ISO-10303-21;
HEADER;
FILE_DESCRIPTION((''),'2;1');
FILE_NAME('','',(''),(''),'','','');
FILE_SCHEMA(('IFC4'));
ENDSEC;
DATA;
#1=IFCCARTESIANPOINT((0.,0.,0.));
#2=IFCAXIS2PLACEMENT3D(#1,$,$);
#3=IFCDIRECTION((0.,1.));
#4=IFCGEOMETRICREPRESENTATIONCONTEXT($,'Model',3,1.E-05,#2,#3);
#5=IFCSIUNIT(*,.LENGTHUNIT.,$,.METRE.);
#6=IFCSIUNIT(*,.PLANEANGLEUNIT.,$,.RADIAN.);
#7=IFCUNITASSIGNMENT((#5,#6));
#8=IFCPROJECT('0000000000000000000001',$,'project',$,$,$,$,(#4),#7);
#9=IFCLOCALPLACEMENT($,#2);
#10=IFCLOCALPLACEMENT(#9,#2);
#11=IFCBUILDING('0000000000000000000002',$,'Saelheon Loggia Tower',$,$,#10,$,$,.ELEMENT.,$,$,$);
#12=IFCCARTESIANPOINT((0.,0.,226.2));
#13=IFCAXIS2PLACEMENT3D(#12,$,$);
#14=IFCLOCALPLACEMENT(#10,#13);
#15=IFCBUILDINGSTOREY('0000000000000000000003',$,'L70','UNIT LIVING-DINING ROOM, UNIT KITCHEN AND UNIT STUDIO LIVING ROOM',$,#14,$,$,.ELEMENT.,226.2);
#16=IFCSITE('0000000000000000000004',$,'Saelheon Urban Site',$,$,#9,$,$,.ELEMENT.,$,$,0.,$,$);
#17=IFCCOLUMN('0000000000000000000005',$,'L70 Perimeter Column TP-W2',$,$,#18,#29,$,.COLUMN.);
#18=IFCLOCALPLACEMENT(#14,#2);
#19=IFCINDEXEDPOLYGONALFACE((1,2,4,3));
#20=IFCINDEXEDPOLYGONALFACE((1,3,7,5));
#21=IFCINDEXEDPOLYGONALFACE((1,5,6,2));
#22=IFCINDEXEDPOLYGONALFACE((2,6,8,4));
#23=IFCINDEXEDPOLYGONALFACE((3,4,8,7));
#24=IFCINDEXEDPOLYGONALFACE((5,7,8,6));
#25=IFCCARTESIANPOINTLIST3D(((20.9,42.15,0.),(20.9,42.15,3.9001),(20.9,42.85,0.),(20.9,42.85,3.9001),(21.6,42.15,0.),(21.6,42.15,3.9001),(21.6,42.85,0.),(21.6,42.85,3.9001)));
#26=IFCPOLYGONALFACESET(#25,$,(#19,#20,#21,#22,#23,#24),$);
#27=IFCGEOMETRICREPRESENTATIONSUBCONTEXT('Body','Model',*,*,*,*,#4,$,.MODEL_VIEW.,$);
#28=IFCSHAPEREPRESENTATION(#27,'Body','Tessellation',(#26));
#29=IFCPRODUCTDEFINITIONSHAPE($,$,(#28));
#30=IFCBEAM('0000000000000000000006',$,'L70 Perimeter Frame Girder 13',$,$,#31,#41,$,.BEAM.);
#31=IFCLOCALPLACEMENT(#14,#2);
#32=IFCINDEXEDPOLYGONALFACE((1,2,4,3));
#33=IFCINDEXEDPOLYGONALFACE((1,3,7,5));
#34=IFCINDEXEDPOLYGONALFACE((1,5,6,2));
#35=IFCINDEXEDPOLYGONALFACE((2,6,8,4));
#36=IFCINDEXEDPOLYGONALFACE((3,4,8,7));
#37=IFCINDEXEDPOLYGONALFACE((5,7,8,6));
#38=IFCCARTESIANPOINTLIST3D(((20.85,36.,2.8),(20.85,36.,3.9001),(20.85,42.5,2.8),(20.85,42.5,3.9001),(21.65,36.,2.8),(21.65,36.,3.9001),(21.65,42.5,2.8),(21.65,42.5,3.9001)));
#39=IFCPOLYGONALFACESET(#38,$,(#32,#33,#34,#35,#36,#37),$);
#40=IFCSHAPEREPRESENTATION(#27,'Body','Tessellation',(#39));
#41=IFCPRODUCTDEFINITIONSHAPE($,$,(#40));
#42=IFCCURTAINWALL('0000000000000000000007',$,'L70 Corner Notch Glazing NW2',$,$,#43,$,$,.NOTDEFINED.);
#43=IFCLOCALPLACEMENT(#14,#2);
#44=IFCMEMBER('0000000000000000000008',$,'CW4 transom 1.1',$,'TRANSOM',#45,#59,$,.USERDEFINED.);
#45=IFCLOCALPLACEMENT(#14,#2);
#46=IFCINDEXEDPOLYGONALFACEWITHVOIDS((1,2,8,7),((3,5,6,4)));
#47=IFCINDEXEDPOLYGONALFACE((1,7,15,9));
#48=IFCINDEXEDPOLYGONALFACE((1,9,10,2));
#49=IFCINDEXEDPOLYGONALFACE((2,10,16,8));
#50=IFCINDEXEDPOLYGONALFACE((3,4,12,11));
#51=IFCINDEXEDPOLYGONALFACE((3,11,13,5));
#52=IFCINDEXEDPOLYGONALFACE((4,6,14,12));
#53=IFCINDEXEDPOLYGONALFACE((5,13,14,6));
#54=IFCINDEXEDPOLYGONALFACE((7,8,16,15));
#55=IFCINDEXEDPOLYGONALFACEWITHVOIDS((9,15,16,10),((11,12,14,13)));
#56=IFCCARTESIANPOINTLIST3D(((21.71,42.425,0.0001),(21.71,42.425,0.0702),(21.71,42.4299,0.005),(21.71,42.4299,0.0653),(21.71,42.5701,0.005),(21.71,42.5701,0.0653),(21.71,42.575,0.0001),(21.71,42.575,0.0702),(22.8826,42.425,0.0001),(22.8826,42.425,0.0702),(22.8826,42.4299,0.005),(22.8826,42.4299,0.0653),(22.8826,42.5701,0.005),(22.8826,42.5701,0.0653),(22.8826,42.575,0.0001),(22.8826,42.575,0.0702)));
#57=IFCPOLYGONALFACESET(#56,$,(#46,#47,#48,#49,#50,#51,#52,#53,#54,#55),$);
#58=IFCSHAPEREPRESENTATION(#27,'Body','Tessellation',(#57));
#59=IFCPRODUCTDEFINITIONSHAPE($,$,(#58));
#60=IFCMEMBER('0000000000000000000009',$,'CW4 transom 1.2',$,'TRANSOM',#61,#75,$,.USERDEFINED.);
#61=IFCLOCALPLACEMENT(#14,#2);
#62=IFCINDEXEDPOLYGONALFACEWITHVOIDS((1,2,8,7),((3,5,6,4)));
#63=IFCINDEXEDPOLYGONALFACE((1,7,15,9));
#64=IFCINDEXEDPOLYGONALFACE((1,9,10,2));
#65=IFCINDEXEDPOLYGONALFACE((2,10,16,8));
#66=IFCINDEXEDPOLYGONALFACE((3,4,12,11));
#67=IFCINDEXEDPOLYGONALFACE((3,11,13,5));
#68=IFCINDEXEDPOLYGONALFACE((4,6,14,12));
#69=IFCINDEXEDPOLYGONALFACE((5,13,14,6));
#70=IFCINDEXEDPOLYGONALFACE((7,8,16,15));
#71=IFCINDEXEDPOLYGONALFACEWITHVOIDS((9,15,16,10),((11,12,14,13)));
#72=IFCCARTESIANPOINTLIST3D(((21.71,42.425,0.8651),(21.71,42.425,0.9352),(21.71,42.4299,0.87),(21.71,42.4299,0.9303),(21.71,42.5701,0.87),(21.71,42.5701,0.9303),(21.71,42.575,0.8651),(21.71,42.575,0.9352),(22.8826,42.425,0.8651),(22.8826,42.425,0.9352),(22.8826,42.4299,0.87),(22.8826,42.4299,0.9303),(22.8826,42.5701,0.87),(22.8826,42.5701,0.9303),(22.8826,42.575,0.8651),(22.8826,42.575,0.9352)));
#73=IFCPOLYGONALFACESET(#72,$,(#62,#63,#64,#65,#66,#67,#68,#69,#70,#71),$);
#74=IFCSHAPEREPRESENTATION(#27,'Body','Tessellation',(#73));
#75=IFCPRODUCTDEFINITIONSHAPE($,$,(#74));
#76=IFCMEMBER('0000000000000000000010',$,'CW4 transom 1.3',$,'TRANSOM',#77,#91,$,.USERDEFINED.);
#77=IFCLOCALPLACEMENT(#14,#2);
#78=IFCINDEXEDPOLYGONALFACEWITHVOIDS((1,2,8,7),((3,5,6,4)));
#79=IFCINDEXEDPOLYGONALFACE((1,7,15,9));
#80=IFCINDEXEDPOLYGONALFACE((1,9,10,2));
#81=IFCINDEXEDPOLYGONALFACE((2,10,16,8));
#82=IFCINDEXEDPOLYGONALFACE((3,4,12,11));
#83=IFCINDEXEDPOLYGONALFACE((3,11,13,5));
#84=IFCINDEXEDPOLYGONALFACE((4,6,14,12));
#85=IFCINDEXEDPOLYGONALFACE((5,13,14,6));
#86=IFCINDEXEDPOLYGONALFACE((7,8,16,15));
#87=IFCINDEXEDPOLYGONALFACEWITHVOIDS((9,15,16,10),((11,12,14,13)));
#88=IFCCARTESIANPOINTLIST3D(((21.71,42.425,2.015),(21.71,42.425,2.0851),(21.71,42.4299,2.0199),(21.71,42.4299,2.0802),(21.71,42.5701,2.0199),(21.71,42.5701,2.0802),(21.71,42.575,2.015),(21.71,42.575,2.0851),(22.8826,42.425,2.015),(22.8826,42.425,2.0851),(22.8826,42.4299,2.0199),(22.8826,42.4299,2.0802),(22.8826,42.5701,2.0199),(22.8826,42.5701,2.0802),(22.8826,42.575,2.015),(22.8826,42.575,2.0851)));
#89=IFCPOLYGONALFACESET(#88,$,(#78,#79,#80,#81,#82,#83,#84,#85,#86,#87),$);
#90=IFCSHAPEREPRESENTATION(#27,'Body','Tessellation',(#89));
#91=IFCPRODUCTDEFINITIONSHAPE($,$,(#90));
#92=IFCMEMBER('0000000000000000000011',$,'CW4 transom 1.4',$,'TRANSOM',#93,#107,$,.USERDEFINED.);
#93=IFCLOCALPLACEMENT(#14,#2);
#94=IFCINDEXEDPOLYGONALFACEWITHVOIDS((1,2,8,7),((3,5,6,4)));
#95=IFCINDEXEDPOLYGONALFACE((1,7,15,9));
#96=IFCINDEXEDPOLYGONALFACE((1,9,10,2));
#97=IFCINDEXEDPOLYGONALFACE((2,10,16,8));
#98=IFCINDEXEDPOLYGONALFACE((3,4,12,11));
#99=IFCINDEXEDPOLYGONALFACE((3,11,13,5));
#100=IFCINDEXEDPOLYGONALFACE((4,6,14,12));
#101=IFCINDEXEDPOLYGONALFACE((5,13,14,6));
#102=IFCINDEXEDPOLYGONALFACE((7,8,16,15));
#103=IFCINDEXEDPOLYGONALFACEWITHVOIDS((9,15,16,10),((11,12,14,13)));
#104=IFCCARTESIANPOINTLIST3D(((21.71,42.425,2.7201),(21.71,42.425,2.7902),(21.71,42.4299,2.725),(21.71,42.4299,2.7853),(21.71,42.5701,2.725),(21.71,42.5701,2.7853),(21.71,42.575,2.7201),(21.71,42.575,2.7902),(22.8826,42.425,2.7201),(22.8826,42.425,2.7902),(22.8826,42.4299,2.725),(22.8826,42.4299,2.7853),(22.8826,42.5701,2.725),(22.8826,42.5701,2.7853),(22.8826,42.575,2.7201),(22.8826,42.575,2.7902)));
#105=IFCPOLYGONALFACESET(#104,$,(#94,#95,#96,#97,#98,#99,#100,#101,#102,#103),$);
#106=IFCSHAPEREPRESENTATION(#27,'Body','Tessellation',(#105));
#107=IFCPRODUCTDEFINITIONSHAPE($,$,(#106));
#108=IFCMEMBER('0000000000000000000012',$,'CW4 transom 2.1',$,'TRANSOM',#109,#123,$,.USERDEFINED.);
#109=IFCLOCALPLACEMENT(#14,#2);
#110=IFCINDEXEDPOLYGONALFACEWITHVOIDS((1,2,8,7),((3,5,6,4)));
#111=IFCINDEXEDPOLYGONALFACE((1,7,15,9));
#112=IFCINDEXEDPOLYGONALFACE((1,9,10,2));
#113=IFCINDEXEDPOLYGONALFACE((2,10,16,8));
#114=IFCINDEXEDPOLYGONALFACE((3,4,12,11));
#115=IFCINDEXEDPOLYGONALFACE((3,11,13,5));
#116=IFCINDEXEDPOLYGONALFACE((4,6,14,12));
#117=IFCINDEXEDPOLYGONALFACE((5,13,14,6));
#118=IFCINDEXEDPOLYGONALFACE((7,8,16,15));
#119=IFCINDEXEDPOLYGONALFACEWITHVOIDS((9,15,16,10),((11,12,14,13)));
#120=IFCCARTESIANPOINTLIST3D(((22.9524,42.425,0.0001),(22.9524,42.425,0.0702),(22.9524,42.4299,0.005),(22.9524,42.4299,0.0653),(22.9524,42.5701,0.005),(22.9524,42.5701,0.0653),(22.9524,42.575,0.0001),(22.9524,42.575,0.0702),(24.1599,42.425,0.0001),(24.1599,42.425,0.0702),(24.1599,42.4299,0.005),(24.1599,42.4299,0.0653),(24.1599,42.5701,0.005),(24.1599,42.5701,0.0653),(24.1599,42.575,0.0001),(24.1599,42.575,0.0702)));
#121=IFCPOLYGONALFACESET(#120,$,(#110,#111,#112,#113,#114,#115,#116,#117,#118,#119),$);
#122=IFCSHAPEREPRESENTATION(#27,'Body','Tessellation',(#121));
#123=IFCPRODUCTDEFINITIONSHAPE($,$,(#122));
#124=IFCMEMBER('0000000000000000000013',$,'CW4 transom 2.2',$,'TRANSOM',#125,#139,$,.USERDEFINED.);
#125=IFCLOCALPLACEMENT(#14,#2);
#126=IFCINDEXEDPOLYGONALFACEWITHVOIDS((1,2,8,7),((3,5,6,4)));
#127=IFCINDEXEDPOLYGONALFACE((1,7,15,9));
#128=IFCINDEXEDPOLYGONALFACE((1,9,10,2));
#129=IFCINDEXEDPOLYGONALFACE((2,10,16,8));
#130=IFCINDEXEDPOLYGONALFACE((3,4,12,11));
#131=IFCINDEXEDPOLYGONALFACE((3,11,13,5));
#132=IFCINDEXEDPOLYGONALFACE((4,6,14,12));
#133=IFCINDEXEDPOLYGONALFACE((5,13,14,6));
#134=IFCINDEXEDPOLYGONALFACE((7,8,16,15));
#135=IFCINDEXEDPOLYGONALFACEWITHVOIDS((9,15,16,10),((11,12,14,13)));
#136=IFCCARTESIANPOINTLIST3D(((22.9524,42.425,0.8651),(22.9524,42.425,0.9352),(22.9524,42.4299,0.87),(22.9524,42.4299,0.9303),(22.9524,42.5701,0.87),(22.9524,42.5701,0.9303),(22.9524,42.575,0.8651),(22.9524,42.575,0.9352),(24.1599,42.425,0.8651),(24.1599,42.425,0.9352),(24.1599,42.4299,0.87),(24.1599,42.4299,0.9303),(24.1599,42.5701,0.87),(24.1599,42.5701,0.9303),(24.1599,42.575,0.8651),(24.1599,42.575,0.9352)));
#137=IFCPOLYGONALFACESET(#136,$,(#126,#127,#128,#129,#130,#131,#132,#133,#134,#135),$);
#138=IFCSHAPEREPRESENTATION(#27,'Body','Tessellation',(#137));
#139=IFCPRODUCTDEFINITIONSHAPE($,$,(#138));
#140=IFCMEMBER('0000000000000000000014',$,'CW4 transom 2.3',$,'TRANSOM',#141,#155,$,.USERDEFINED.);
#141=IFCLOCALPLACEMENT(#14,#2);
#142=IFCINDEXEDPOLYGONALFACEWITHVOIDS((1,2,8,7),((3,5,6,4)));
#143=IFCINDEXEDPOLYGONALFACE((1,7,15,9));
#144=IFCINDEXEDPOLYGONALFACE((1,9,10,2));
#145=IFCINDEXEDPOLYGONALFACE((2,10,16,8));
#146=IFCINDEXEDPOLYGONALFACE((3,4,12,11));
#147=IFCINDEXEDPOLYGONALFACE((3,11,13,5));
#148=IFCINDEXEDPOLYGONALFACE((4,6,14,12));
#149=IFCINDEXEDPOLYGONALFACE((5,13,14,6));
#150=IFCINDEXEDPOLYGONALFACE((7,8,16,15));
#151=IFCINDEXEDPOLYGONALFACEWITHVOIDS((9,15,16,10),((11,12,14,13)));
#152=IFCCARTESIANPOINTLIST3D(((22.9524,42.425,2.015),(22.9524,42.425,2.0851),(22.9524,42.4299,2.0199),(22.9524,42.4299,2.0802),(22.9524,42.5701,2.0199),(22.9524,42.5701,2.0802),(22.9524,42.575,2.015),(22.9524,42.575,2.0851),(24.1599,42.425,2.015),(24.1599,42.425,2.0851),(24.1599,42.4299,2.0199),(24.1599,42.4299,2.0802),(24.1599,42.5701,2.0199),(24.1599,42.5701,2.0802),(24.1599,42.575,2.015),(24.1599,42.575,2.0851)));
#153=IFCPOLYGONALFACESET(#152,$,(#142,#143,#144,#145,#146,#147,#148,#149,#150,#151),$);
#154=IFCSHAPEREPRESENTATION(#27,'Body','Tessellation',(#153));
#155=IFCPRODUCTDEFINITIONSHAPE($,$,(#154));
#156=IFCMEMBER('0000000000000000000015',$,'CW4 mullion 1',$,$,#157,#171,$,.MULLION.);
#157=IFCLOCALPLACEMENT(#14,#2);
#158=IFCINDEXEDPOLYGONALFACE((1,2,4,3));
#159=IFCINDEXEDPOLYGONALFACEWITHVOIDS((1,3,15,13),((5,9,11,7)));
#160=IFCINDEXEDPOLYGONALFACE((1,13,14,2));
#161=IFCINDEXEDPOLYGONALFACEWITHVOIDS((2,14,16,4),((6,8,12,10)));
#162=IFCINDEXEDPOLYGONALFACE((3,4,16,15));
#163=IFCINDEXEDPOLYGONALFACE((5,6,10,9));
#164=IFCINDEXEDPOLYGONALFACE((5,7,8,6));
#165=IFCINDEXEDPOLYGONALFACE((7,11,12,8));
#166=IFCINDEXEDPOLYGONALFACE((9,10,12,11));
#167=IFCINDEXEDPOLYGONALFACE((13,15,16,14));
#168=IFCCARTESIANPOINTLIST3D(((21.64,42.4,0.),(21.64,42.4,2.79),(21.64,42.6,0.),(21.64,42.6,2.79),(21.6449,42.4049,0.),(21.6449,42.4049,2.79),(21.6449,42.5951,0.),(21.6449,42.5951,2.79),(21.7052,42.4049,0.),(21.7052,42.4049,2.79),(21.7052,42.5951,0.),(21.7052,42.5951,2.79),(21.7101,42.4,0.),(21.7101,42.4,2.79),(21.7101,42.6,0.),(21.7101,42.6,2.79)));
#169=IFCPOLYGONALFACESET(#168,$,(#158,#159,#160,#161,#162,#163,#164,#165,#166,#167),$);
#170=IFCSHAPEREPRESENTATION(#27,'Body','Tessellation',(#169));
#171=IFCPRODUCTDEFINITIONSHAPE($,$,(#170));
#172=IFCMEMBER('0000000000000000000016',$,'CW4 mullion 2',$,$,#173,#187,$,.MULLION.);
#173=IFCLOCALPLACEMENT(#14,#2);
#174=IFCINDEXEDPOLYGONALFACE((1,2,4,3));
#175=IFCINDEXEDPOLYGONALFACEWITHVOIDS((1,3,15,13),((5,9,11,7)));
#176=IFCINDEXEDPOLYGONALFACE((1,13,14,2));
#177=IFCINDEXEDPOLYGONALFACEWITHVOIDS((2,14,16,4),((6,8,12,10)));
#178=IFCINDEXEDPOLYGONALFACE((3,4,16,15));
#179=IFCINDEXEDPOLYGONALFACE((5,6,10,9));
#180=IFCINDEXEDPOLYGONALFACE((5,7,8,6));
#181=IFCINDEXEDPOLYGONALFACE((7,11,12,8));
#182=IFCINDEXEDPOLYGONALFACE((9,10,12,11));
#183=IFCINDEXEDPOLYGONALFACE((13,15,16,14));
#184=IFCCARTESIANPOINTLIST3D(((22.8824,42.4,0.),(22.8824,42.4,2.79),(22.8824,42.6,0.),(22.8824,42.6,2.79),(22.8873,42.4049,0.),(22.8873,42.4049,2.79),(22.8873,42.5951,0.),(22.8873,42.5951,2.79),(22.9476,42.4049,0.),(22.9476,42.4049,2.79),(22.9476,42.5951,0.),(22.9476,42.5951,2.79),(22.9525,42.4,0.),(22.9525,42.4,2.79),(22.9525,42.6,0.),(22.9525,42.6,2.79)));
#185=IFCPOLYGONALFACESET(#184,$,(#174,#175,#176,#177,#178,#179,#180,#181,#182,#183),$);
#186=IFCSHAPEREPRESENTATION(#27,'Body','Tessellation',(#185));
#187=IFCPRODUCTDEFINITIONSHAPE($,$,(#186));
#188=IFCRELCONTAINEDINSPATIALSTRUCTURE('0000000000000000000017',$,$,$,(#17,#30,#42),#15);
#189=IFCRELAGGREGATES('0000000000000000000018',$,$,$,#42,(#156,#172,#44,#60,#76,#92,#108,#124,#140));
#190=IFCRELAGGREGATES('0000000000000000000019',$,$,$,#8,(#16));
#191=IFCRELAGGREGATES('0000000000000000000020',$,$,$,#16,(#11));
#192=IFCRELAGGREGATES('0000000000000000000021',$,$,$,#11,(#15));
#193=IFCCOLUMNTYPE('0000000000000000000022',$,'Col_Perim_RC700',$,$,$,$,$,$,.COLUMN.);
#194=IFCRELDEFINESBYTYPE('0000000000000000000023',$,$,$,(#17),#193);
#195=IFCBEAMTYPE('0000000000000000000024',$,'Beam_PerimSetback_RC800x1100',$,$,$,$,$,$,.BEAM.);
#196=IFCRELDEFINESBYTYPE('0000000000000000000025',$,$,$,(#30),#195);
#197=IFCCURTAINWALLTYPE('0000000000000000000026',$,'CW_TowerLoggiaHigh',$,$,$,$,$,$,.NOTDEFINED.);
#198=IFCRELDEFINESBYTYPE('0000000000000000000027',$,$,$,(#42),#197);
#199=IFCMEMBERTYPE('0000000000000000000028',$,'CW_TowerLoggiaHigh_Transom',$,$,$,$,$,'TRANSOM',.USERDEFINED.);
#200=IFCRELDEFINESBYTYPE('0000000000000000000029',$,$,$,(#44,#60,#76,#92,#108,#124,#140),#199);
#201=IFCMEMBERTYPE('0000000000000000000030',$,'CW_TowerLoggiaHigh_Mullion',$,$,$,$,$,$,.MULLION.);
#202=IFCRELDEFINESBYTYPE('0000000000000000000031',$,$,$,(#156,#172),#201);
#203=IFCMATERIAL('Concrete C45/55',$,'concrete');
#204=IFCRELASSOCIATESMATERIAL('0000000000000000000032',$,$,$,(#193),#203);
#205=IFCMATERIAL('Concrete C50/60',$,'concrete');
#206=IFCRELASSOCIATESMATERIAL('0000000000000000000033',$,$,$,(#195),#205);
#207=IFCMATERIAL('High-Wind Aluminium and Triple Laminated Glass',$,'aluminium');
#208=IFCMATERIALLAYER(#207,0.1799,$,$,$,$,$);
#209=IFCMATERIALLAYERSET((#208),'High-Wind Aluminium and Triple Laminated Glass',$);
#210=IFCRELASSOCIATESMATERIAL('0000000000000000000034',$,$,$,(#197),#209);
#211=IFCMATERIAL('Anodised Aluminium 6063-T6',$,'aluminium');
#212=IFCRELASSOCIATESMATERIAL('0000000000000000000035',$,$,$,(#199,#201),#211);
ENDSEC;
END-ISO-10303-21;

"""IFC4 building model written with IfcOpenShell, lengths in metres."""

from ifc_helpers import new_model, si_unit, direction, frame, origin, origin_2d, place, context, subcontext, project, spatial, rectangle, hollow_rectangle, extrude, source, transform, mapped, material, layer, layer_set, material_profile, profile_set, type_object, element, aggregate, save


model = new_model("IFC4")

# Units and contexts
model_context = context("Model", 3, precision=1e-05, world=origin(), true_north=direction((0.0, 1.0)))
body_context = subcontext(model_context, "Body", "Model", "MODEL_VIEW")
ifc_project = project(units=[si_unit("LENGTHUNIT", "METRE"), si_unit("PLANEANGLEUNIT", "RADIAN")], contexts=[model_context])

# Site, building, storey
site_placement = place(None, origin())
site = spatial("IfcSite", under=ifc_project, at=site_placement, Name="Saelheon Urban Site", CompositionType="ELEMENT", RefElevation=0.0)
building_placement = place(site_placement, origin())
building = spatial("IfcBuilding", under=site, at=building_placement, Name="Saelheon Loggia Tower", CompositionType="ELEMENT")
storey_placement = place(building_placement, frame((0.0, 0.0, 226.2)))
storey = spatial("IfcBuildingStorey", under=building, at=storey_placement, Name="L70", Description="UNIT LIVING-DINING ROOM, UNIT KITCHEN AND UNIT STUDIO LIVING ROOM", CompositionType="ELEMENT", Elevation=226.2)

# Column
ifc_material_1 = material(Name="Concrete C45/55", Category="concrete")
ifc_material_profile_1 = material_profile(ifc_material_1, rectangle(XDim=0.7, YDim=0.7, at=origin_2d()), Name="RC-700x700")
ifc_profile_set_1 = profile_set([ifc_material_profile_1], Name="Concrete C45/55")
column_type = type_object("IfcColumnType", Name="Col_Perim_RC700", PredefinedType="COLUMN", material=ifc_profile_set_1)
shared_shape_1 = source(origin(), body_context, "Body", "SweptSolid", [
    extrude(rectangle(XDim=0.7, YDim=0.7, at=origin_2d()), origin(), (0.0, 0.0, 1.0), 3.9001),
])
column_placement = place(storey_placement, frame((21.25, 42.5, 0.0), z_axis=(0.0, 0.0, 1.0), x_axis=(1.0, 0.0, 0.0)))
element("IfcColumn", 1, at=column_placement, inside=storey, type_object=column_type, Name="L70 Perimeter Column TP-W2", PredefinedType="COLUMN", context=body_context, shape_type="MappedRepresentation", body=[
    mapped(shared_shape_1, transform((0.0, 0.0, 0.0), scale=1.0)),
])

# Beam
ifc_material_2 = material(Name="Concrete C50/60", Category="concrete")
ifc_material_profile_2 = material_profile(ifc_material_2, rectangle(XDim=0.8, YDim=1.1001, at=origin_2d()), Name="RC-800x1100")
ifc_profile_set_2 = profile_set([ifc_material_profile_2], Name="Concrete C50/60")
beam_type = type_object("IfcBeamType", Name="Beam_PerimSetback_RC800x1100", PredefinedType="BEAM", material=ifc_profile_set_2)
shared_shape_2 = source(origin(), body_context, "Body", "SweptSolid", [
    extrude(rectangle(XDim=0.8, YDim=1.1001, at=origin_2d()), origin(), (0.0, 0.0, 1.0), 6.5),
])
beam_placement = place(storey_placement, frame((21.25, 42.5, 3.3501), z_axis=(0.0, -1.0, 0.0), x_axis=(1.0, 0.0, 0.0)))
element("IfcBeam", 2, at=beam_placement, inside=storey, type_object=beam_type, Name="L70 Perimeter Frame Girder 13", PredefinedType="BEAM", context=body_context, shape_type="MappedRepresentation", body=[
    mapped(shared_shape_2, transform((0.0, 0.0, 0.0), scale=1.0)),
])

# Curtain wall, members
ifc_material_3 = material(Name="High-Wind Aluminium and Triple Laminated Glass", Category="aluminium")
ifc_layer_1 = layer(ifc_material_3, 0.1799)
ifc_layer_set_1 = layer_set([ifc_layer_1], Name="High-Wind Aluminium and Triple Laminated Glass")
curtain_wall_type = type_object("IfcCurtainWallType", Name="CW_TowerLoggiaHigh", PredefinedType="NOTDEFINED", material=ifc_layer_set_1)
curtain_wall_placement = place(storey_placement, origin())
curtain_wall = element("IfcCurtainWall", 3, at=curtain_wall_placement, inside=storey, type_object=curtain_wall_type, Name="L70 Corner Notch Glazing NW2", PredefinedType="NOTDEFINED")
ifc_material_4 = material(Name="Anodised Aluminium 6063-T6", Category="aluminium")
ifc_material_profile_3 = material_profile(ifc_material_4, hollow_rectangle(XDim=0.0701, YDim=0.1499, WallThickness=0.0049, at=origin_2d()), Name="RHS-150x70x5")
ifc_profile_set_3 = profile_set([ifc_material_profile_3], Name="Anodised Aluminium 6063-T6")
member_type_1 = type_object("IfcMemberType", Name="CW_TowerLoggiaHigh_Transom", ElementType="TRANSOM", PredefinedType="USERDEFINED", material=ifc_profile_set_3)
shared_shape_3 = source(origin(), body_context, "Body", "SweptSolid", [
    extrude(hollow_rectangle(XDim=0.0701, YDim=0.1499, WallThickness=0.0049, at=origin_2d()), origin(), (0.0, 0.0, 1.0), 1.1726),
])
member_1_placement = place(storey_placement, frame((21.71, 42.5, 0.0352), z_axis=(1.0, 0.0, 0.0), x_axis=(0.0, 0.0, 1.0)))
member_1 = element("IfcMember", 4, at=member_1_placement, type_object=member_type_1, Name="CW4 transom 1.1", ObjectType="TRANSOM", PredefinedType="USERDEFINED", context=body_context, shape_type="MappedRepresentation", body=[
    mapped(shared_shape_3, transform((0.0, 0.0, 0.0), scale=1.0)),
])
member_2_placement = place(storey_placement, frame((21.71, 42.5, 0.9001), z_axis=(1.0, 0.0, 0.0), x_axis=(0.0, 0.0, 1.0)))
member_2 = element("IfcMember", 5, at=member_2_placement, type_object=member_type_1, Name="CW4 transom 1.2", ObjectType="TRANSOM", PredefinedType="USERDEFINED", context=body_context, shape_type="MappedRepresentation", body=[
    mapped(shared_shape_3, transform((0.0, 0.0, 0.0), scale=1.0)),
])
member_3_placement = place(storey_placement, frame((21.71, 42.5, 2.05), z_axis=(1.0, 0.0, 0.0), x_axis=(0.0, 0.0, 1.0)))
member_3 = element("IfcMember", 6, at=member_3_placement, type_object=member_type_1, Name="CW4 transom 1.3", ObjectType="TRANSOM", PredefinedType="USERDEFINED", context=body_context, shape_type="MappedRepresentation", body=[
    mapped(shared_shape_3, transform((0.0, 0.0, 0.0), scale=1.0)),
])
member_4_placement = place(storey_placement, frame((21.71, 42.5, 2.7551), z_axis=(1.0, 0.0, 0.0), x_axis=(0.0, 0.0, 1.0)))
member_4 = element("IfcMember", 7, at=member_4_placement, type_object=member_type_1, Name="CW4 transom 1.4", ObjectType="TRANSOM", PredefinedType="USERDEFINED", context=body_context, shape_type="MappedRepresentation", body=[
    mapped(shared_shape_3, transform((0.0, 0.0, 0.0), scale=1.0)),
])
shared_shape_4 = source(origin(), body_context, "Body", "SweptSolid", [
    extrude(hollow_rectangle(XDim=0.0701, YDim=0.1499, WallThickness=0.0049, at=origin_2d()), origin(), (0.0, 0.0, 1.0), 1.2075),
])
member_5_placement = place(storey_placement, frame((22.9524, 42.5, 0.0352), z_axis=(1.0, 0.0, 0.0), x_axis=(0.0, 0.0, 1.0)))
member_5 = element("IfcMember", 8, at=member_5_placement, type_object=member_type_1, Name="CW4 transom 2.1", ObjectType="TRANSOM", PredefinedType="USERDEFINED", context=body_context, shape_type="MappedRepresentation", body=[
    mapped(shared_shape_4, transform((0.0, 0.0, 0.0), scale=1.0)),
])
member_6_placement = place(storey_placement, frame((22.9524, 42.5, 0.9001), z_axis=(1.0, 0.0, 0.0), x_axis=(0.0, 0.0, 1.0)))
member_6 = element("IfcMember", 9, at=member_6_placement, type_object=member_type_1, Name="CW4 transom 2.2", ObjectType="TRANSOM", PredefinedType="USERDEFINED", context=body_context, shape_type="MappedRepresentation", body=[
    mapped(shared_shape_4, transform((0.0, 0.0, 0.0), scale=1.0)),
])
member_7_placement = place(storey_placement, frame((22.9524, 42.5, 2.05), z_axis=(1.0, 0.0, 0.0), x_axis=(0.0, 0.0, 1.0)))
member_7 = element("IfcMember", 10, at=member_7_placement, type_object=member_type_1, Name="CW4 transom 2.3", ObjectType="TRANSOM", PredefinedType="USERDEFINED", context=body_context, shape_type="MappedRepresentation", body=[
    mapped(shared_shape_4, transform((0.0, 0.0, 0.0), scale=1.0)),
])
ifc_material_profile_4 = material_profile(ifc_material_4, hollow_rectangle(XDim=0.0701, YDim=0.2, WallThickness=0.0049, at=origin_2d()), Name="RHS-200x70x5")
ifc_profile_set_4 = profile_set([ifc_material_profile_4], Name="Anodised Aluminium 6063-T6")
member_type_2 = type_object("IfcMemberType", Name="CW_TowerLoggiaHigh_Mullion", PredefinedType="MULLION", material=ifc_profile_set_4)
shared_shape_5 = source(origin(), body_context, "Body", "SweptSolid", [
    extrude(hollow_rectangle(XDim=0.0701, YDim=0.2, WallThickness=0.0049, at=origin_2d()), origin(), (0.0, 0.0, 1.0), 2.79),
])
member_8_placement = place(storey_placement, frame((21.675, 42.5, 0.0), z_axis=(0.0, 0.0, 1.0), x_axis=(1.0, 0.0, 0.0)))
member_8 = element("IfcMember", 11, at=member_8_placement, type_object=member_type_2, Name="CW4 mullion 1", PredefinedType="MULLION", context=body_context, shape_type="MappedRepresentation", body=[
    mapped(shared_shape_5, transform((0.0, 0.0, 0.0), scale=1.0)),
])
member_9_placement = place(storey_placement, frame((22.9175, 42.5, 0.0), z_axis=(0.0, 0.0, 1.0), x_axis=(1.0, 0.0, 0.0)))
member_9 = element("IfcMember", 12, at=member_9_placement, type_object=member_type_2, Name="CW4 mullion 2", PredefinedType="MULLION", context=body_context, shape_type="MappedRepresentation", body=[
    mapped(shared_shape_5, transform((0.0, 0.0, 0.0), scale=1.0)),
])
aggregate(curtain_wall, [member_8, member_9, member_1, member_2, member_3, member_4, member_5, member_6, member_7])

save(model, "model.ifc")
